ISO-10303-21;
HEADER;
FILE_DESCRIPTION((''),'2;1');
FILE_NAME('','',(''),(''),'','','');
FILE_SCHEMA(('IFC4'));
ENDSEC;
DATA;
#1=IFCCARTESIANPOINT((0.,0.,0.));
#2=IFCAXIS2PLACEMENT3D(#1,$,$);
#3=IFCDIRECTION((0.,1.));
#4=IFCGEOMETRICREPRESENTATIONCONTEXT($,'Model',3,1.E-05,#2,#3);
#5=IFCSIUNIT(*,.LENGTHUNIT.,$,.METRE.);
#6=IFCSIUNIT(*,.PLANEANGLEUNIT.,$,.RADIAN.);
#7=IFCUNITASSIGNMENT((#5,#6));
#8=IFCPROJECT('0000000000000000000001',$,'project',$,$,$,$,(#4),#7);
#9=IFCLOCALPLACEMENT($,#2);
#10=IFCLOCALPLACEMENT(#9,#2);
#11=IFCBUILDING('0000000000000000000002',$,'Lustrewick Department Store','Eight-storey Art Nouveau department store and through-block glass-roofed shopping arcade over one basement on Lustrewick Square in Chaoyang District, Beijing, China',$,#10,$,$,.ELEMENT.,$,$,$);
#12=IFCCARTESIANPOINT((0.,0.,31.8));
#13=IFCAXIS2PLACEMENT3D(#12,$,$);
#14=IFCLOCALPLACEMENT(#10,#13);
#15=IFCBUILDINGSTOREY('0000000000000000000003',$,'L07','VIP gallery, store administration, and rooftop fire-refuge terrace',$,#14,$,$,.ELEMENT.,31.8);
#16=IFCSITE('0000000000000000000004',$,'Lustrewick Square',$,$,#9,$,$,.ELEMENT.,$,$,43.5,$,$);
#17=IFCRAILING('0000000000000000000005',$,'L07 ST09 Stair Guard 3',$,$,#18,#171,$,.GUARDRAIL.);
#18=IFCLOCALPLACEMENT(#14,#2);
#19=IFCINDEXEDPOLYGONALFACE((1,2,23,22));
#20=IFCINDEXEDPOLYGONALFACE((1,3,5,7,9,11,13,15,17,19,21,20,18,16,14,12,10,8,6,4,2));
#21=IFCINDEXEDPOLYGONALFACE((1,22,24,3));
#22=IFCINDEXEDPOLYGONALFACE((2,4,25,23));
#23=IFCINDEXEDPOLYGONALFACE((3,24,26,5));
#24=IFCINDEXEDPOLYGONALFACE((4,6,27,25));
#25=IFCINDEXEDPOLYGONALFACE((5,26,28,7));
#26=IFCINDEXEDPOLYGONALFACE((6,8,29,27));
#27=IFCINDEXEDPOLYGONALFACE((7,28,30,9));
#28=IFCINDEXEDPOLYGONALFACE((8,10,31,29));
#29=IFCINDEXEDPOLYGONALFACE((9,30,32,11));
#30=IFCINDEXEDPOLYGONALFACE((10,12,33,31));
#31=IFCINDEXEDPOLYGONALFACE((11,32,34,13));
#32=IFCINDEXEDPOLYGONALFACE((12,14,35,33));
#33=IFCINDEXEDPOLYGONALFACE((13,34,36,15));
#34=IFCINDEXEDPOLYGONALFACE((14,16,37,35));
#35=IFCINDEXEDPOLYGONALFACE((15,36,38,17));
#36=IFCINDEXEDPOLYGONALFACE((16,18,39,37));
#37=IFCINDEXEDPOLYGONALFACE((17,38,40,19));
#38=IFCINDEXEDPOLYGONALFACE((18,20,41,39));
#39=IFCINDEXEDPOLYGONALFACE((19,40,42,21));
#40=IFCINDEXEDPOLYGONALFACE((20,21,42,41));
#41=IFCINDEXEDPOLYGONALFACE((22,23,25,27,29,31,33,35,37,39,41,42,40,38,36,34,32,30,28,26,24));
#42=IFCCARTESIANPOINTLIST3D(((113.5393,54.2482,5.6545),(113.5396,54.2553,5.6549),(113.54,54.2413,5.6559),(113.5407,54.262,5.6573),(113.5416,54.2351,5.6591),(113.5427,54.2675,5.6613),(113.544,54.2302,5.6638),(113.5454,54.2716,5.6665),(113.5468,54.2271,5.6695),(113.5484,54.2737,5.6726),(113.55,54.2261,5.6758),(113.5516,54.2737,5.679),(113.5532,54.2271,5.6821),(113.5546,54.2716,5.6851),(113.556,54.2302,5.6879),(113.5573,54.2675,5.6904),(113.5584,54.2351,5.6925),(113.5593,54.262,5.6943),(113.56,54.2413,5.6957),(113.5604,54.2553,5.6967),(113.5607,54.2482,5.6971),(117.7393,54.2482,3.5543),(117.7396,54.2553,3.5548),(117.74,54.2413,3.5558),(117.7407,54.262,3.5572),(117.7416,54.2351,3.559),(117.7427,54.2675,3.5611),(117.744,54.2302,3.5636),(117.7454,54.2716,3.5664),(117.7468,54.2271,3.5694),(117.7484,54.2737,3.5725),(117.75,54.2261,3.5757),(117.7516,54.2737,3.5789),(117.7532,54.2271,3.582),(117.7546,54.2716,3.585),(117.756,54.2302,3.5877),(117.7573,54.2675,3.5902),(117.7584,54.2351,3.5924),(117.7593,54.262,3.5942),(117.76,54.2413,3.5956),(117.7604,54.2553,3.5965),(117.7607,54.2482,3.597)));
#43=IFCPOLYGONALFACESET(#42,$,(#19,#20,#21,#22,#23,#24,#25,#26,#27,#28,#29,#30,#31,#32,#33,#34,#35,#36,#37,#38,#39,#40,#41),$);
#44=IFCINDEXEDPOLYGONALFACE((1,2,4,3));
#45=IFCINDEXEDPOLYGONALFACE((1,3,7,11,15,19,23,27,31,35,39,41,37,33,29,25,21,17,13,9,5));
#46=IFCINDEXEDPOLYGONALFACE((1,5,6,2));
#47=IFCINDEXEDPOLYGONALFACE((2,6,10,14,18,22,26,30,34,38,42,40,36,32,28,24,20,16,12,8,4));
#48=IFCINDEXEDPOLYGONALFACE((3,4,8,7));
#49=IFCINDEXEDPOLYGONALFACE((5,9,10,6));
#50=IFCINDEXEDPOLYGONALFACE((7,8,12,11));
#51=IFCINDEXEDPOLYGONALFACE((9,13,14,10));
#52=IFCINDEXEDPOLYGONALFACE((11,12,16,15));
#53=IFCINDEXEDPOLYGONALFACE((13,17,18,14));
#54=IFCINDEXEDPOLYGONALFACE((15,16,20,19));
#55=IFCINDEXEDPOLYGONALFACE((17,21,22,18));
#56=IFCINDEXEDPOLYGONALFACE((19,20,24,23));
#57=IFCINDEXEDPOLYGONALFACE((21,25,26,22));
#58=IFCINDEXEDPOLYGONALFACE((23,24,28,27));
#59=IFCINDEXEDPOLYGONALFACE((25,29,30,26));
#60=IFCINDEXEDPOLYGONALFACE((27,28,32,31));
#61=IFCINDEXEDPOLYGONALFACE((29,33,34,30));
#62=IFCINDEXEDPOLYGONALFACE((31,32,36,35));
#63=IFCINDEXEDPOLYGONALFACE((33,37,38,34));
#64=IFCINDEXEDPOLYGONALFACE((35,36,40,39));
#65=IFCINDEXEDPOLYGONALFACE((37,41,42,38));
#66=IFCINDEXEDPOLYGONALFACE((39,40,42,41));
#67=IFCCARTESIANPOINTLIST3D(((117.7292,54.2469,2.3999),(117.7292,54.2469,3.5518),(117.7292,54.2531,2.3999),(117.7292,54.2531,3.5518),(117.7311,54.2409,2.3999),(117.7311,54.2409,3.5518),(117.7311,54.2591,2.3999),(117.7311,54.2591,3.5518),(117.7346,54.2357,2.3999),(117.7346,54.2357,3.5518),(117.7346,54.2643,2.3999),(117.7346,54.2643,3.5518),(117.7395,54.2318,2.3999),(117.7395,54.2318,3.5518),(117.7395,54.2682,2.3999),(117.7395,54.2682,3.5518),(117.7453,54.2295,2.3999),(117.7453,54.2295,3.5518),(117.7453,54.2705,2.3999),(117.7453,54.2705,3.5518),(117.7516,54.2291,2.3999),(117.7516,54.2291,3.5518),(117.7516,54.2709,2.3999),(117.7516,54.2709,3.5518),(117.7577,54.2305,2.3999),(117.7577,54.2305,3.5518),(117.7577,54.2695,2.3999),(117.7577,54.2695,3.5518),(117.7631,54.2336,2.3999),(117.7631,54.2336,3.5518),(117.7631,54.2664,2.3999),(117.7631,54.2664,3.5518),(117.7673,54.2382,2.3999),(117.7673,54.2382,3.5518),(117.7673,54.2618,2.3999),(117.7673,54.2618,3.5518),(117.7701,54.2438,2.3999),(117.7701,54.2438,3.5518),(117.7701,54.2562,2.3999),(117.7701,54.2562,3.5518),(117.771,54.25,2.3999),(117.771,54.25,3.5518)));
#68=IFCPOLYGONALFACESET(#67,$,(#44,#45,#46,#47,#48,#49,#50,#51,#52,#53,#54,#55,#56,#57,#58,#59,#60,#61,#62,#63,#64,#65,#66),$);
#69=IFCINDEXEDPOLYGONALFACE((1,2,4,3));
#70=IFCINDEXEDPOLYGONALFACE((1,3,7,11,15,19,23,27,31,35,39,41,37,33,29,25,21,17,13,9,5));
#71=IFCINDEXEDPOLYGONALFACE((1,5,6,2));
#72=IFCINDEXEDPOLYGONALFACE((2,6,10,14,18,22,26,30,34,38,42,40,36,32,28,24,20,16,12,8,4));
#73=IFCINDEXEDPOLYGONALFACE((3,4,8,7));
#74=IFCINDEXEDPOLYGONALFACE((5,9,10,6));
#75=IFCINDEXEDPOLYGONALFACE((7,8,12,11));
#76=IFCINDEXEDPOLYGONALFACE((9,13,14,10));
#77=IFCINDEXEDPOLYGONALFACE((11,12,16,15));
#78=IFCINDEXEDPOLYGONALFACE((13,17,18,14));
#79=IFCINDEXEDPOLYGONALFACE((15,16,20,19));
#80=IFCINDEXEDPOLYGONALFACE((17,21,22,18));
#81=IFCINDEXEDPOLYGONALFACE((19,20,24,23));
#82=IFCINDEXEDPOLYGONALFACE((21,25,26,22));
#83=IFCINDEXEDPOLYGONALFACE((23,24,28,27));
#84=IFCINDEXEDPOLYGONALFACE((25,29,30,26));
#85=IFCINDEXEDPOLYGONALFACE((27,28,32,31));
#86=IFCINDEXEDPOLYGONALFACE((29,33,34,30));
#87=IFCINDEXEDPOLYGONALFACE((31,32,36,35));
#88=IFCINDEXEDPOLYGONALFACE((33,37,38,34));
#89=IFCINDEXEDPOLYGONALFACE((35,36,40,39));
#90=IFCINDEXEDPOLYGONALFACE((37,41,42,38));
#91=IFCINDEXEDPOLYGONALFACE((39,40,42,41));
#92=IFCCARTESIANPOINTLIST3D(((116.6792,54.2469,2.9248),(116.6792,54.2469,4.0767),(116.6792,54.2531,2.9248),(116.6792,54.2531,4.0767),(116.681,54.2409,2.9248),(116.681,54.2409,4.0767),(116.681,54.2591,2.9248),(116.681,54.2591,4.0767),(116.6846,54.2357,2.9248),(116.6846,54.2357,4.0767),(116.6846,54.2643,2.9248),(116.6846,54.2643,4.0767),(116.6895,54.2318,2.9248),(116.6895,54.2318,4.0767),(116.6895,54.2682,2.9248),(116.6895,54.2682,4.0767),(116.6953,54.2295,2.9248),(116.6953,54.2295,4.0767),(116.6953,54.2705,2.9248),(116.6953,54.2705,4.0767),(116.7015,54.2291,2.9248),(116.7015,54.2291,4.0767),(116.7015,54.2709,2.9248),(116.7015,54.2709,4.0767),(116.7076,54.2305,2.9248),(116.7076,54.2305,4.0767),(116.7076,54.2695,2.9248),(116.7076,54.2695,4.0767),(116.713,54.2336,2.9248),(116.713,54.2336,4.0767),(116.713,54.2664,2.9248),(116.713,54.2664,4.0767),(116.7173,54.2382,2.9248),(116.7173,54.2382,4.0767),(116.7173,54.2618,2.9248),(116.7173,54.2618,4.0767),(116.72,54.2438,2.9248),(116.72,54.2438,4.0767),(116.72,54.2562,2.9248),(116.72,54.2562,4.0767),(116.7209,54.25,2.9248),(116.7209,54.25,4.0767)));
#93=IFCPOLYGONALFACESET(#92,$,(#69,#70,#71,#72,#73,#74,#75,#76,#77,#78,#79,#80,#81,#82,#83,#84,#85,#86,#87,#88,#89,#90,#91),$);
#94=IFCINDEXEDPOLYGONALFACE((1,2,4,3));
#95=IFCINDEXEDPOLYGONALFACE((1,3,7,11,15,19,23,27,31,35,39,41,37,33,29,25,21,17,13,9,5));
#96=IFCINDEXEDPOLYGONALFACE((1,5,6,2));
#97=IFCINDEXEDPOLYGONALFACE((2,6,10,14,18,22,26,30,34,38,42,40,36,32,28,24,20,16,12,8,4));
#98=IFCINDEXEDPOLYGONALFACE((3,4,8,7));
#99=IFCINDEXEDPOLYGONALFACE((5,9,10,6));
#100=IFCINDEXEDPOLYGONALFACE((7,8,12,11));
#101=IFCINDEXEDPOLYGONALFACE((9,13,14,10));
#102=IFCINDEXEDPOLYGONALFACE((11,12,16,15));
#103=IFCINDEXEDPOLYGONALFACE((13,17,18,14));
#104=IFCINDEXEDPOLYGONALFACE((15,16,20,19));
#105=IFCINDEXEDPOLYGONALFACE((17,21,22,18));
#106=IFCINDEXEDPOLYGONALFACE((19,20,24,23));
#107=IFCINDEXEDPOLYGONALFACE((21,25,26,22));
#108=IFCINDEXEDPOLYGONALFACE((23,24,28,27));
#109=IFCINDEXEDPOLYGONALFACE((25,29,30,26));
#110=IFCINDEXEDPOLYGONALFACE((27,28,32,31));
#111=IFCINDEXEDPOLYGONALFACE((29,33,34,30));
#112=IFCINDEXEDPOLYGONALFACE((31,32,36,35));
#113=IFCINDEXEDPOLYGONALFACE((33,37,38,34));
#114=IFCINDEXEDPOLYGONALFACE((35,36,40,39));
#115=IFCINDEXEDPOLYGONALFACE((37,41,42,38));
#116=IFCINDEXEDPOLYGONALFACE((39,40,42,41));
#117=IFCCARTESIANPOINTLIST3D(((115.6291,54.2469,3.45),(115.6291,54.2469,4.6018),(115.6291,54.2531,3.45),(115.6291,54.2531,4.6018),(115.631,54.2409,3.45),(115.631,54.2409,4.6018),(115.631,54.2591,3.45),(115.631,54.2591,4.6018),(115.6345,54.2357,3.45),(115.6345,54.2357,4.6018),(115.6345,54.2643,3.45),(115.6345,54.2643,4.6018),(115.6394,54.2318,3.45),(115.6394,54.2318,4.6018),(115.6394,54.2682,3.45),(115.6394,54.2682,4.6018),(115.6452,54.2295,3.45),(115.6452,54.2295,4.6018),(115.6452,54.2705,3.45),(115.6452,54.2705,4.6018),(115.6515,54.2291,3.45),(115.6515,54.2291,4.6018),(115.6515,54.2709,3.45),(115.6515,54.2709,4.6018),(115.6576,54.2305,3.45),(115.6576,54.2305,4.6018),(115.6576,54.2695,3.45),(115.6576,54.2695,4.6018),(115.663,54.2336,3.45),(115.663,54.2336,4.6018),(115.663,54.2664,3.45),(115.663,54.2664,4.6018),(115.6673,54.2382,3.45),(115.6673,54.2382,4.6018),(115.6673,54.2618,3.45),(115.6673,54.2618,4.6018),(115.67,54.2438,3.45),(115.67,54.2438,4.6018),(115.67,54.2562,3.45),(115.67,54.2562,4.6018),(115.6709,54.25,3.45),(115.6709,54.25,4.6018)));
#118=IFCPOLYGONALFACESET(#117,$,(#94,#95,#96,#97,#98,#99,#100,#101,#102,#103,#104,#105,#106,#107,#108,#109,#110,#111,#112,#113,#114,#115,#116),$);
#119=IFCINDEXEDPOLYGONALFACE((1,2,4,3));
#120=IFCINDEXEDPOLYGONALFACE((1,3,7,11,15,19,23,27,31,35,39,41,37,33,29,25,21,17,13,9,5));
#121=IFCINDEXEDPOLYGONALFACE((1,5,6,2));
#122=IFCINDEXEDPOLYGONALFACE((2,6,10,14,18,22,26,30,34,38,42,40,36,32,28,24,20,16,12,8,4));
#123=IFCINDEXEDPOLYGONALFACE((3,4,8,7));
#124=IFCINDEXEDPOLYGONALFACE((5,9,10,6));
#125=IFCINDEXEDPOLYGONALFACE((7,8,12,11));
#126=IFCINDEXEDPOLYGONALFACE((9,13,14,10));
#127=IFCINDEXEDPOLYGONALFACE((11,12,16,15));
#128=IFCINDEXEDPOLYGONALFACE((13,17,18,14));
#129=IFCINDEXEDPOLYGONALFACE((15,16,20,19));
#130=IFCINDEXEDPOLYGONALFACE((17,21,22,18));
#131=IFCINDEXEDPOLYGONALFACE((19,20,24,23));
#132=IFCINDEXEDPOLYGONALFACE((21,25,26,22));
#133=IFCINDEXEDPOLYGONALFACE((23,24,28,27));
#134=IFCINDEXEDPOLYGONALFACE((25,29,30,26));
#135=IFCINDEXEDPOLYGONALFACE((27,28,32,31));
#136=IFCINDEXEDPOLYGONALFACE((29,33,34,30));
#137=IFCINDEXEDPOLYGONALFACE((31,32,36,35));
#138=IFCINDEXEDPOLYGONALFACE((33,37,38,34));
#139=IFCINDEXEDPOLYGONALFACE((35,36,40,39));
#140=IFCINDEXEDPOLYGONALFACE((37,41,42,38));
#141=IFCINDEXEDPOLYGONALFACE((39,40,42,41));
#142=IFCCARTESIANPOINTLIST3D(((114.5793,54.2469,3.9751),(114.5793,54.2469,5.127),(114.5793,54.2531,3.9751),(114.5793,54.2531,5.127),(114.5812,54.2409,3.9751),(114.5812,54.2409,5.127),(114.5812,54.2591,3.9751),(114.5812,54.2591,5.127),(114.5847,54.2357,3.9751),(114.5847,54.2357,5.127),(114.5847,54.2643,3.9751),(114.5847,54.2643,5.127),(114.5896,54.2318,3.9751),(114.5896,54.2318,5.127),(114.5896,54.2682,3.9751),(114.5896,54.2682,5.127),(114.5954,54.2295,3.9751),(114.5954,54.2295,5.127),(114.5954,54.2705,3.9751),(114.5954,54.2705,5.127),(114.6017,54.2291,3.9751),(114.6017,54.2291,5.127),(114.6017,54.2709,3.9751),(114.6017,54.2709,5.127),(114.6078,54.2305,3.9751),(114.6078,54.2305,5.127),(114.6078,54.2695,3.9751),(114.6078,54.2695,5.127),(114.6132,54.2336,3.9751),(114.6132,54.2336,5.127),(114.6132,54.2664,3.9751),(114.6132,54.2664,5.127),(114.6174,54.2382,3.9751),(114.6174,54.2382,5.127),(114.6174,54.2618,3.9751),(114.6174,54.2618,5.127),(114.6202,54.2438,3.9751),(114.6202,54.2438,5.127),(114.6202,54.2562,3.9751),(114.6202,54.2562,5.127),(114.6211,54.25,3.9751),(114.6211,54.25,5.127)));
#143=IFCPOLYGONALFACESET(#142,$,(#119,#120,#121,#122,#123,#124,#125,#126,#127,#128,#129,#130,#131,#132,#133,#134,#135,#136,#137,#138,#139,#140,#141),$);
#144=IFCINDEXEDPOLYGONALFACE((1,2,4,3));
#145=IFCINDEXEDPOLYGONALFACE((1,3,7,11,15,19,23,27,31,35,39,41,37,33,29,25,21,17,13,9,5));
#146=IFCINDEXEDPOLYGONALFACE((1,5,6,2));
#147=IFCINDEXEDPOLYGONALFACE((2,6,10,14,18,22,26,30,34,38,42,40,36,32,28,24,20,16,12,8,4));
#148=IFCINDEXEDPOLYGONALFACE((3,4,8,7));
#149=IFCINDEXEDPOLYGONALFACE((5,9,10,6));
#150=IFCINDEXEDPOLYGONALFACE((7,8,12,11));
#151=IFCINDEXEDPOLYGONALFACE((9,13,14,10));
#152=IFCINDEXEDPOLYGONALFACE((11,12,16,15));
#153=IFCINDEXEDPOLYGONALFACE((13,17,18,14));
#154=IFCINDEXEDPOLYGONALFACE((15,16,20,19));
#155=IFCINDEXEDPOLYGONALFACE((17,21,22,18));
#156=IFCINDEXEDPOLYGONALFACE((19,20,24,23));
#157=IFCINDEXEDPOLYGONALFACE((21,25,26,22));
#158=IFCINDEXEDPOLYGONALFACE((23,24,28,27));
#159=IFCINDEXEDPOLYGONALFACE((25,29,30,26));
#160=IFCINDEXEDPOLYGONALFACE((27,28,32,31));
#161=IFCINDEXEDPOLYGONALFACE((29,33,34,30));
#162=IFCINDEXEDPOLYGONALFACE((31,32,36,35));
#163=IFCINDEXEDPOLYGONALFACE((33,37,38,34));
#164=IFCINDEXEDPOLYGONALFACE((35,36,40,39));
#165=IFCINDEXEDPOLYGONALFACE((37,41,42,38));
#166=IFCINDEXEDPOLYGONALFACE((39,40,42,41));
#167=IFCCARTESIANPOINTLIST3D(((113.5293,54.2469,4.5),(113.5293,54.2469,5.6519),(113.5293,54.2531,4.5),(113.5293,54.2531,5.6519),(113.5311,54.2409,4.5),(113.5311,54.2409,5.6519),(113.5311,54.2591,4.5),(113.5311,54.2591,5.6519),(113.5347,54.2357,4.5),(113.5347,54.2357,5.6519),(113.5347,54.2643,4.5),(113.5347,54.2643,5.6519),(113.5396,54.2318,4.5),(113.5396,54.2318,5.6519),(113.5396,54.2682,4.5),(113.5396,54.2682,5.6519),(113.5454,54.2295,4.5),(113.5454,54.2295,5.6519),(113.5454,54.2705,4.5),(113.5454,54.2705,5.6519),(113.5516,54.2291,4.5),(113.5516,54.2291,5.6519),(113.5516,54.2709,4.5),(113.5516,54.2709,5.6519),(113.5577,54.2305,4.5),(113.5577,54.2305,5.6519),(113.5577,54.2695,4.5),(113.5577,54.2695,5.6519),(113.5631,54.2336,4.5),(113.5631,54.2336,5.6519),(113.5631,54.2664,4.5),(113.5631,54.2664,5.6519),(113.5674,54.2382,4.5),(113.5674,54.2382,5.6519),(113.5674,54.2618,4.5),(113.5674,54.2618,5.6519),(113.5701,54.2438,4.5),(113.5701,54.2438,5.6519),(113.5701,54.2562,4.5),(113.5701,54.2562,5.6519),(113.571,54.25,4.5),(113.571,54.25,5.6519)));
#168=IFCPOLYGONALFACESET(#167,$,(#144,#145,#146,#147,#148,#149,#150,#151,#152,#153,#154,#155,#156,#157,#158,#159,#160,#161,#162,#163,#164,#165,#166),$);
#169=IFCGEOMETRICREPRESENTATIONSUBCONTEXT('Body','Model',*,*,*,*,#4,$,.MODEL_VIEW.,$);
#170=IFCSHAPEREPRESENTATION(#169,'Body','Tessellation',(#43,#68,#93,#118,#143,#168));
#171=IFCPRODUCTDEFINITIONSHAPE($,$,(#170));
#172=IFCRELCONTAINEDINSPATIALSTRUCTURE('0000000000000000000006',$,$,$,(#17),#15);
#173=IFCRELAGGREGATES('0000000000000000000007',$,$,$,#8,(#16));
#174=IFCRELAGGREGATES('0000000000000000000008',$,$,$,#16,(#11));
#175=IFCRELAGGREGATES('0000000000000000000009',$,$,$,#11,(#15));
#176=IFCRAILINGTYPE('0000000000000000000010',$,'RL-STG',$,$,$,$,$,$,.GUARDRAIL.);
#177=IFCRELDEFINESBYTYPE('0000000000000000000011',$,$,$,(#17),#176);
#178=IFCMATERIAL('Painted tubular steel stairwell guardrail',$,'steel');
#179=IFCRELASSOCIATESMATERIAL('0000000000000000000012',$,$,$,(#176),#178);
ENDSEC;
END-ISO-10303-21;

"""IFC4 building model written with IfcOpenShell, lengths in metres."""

from ifc_helpers import new_model, si_unit, direction, frame, origin, origin_2d, place, context, subcontext, project, spatial, circle, extrude, material, type_object, element, save


model = new_model("IFC4")

# Units and contexts
model_context = context("Model", 3, precision=1e-05, world=origin(), true_north=direction((0.0, 1.0)))
body_context = subcontext(model_context, "Body", "Model", "MODEL_VIEW")
ifc_project = project(units=[si_unit("LENGTHUNIT", "METRE"), si_unit("PLANEANGLEUNIT", "RADIAN")], contexts=[model_context])

# Site, building, storey
site_placement = place(None, origin())
site = spatial("IfcSite", under=ifc_project, at=site_placement, Name="Lustrewick Square", CompositionType="ELEMENT", RefElevation=43.5)
building_placement = place(site_placement, origin())
building = spatial("IfcBuilding", under=site, at=building_placement, Name="Lustrewick Department Store", Description="Eight-storey Art Nouveau department store and through-block glass-roofed shopping arcade over one basement on Lustrewick Square in Chaoyang District, Beijing, China", CompositionType="ELEMENT")
storey_placement = place(building_placement, frame((0.0, 0.0, 31.8)))
storey = spatial("IfcBuildingStorey", under=building, at=storey_placement, Name="L07", Description="VIP gallery, store administration, and rooftop fire-refuge terrace", CompositionType="ELEMENT", Elevation=31.8)

# Railing
ifc_material_1 = material(Name="Painted tubular steel stairwell guardrail", Category="steel")
railing_type_1 = type_object("IfcRailingType", Name="RL-STG", PredefinedType="GUARDRAIL", material=ifc_material_1)
railing_1_placement = place(storey_placement, frame((117.75, 54.25, 2.3999)))
element("IfcRailing", 1, at=railing_1_placement, inside=storey, type_object=railing_type_1, Name="L07 ST09 Stair Guard 3", PredefinedType="GUARDRAIL", context=body_context, shape_type="SweptSolid", body=[
    extrude(circle(Radius=0.0239, at=origin_2d()), frame((0.0, 0.0, 1.1758), z_axis=(-0.894417, 0.0, 0.447234), x_axis=(0.0, -1.0, 0.0)), (0.0, 0.0, 1.0), 4.6958),
    extrude(circle(Radius=0.021, at=origin_2d()), origin(), (0.0, 0.0, 1.0), 1.1519),
    extrude(circle(Radius=0.021, at=origin_2d()), frame((-1.05, 0.0, 0.5249)), (0.0, 0.0, 1.0), 1.1519),
    extrude(circle(Radius=0.021, at=origin_2d()), frame((-2.1001, 0.0, 1.05)), (0.0, 0.0, 1.0), 1.1519),
    extrude(circle(Radius=0.021, at=origin_2d()), frame((-3.1499, 0.0, 1.5752)), (0.0, 0.0, 1.0), 1.1519),
    extrude(circle(Radius=0.021, at=origin_2d()), frame((-4.2, 0.0, 2.1001)), (0.0, 0.0, 1.0), 1.1519),
])

save(model, "model.ifc")
